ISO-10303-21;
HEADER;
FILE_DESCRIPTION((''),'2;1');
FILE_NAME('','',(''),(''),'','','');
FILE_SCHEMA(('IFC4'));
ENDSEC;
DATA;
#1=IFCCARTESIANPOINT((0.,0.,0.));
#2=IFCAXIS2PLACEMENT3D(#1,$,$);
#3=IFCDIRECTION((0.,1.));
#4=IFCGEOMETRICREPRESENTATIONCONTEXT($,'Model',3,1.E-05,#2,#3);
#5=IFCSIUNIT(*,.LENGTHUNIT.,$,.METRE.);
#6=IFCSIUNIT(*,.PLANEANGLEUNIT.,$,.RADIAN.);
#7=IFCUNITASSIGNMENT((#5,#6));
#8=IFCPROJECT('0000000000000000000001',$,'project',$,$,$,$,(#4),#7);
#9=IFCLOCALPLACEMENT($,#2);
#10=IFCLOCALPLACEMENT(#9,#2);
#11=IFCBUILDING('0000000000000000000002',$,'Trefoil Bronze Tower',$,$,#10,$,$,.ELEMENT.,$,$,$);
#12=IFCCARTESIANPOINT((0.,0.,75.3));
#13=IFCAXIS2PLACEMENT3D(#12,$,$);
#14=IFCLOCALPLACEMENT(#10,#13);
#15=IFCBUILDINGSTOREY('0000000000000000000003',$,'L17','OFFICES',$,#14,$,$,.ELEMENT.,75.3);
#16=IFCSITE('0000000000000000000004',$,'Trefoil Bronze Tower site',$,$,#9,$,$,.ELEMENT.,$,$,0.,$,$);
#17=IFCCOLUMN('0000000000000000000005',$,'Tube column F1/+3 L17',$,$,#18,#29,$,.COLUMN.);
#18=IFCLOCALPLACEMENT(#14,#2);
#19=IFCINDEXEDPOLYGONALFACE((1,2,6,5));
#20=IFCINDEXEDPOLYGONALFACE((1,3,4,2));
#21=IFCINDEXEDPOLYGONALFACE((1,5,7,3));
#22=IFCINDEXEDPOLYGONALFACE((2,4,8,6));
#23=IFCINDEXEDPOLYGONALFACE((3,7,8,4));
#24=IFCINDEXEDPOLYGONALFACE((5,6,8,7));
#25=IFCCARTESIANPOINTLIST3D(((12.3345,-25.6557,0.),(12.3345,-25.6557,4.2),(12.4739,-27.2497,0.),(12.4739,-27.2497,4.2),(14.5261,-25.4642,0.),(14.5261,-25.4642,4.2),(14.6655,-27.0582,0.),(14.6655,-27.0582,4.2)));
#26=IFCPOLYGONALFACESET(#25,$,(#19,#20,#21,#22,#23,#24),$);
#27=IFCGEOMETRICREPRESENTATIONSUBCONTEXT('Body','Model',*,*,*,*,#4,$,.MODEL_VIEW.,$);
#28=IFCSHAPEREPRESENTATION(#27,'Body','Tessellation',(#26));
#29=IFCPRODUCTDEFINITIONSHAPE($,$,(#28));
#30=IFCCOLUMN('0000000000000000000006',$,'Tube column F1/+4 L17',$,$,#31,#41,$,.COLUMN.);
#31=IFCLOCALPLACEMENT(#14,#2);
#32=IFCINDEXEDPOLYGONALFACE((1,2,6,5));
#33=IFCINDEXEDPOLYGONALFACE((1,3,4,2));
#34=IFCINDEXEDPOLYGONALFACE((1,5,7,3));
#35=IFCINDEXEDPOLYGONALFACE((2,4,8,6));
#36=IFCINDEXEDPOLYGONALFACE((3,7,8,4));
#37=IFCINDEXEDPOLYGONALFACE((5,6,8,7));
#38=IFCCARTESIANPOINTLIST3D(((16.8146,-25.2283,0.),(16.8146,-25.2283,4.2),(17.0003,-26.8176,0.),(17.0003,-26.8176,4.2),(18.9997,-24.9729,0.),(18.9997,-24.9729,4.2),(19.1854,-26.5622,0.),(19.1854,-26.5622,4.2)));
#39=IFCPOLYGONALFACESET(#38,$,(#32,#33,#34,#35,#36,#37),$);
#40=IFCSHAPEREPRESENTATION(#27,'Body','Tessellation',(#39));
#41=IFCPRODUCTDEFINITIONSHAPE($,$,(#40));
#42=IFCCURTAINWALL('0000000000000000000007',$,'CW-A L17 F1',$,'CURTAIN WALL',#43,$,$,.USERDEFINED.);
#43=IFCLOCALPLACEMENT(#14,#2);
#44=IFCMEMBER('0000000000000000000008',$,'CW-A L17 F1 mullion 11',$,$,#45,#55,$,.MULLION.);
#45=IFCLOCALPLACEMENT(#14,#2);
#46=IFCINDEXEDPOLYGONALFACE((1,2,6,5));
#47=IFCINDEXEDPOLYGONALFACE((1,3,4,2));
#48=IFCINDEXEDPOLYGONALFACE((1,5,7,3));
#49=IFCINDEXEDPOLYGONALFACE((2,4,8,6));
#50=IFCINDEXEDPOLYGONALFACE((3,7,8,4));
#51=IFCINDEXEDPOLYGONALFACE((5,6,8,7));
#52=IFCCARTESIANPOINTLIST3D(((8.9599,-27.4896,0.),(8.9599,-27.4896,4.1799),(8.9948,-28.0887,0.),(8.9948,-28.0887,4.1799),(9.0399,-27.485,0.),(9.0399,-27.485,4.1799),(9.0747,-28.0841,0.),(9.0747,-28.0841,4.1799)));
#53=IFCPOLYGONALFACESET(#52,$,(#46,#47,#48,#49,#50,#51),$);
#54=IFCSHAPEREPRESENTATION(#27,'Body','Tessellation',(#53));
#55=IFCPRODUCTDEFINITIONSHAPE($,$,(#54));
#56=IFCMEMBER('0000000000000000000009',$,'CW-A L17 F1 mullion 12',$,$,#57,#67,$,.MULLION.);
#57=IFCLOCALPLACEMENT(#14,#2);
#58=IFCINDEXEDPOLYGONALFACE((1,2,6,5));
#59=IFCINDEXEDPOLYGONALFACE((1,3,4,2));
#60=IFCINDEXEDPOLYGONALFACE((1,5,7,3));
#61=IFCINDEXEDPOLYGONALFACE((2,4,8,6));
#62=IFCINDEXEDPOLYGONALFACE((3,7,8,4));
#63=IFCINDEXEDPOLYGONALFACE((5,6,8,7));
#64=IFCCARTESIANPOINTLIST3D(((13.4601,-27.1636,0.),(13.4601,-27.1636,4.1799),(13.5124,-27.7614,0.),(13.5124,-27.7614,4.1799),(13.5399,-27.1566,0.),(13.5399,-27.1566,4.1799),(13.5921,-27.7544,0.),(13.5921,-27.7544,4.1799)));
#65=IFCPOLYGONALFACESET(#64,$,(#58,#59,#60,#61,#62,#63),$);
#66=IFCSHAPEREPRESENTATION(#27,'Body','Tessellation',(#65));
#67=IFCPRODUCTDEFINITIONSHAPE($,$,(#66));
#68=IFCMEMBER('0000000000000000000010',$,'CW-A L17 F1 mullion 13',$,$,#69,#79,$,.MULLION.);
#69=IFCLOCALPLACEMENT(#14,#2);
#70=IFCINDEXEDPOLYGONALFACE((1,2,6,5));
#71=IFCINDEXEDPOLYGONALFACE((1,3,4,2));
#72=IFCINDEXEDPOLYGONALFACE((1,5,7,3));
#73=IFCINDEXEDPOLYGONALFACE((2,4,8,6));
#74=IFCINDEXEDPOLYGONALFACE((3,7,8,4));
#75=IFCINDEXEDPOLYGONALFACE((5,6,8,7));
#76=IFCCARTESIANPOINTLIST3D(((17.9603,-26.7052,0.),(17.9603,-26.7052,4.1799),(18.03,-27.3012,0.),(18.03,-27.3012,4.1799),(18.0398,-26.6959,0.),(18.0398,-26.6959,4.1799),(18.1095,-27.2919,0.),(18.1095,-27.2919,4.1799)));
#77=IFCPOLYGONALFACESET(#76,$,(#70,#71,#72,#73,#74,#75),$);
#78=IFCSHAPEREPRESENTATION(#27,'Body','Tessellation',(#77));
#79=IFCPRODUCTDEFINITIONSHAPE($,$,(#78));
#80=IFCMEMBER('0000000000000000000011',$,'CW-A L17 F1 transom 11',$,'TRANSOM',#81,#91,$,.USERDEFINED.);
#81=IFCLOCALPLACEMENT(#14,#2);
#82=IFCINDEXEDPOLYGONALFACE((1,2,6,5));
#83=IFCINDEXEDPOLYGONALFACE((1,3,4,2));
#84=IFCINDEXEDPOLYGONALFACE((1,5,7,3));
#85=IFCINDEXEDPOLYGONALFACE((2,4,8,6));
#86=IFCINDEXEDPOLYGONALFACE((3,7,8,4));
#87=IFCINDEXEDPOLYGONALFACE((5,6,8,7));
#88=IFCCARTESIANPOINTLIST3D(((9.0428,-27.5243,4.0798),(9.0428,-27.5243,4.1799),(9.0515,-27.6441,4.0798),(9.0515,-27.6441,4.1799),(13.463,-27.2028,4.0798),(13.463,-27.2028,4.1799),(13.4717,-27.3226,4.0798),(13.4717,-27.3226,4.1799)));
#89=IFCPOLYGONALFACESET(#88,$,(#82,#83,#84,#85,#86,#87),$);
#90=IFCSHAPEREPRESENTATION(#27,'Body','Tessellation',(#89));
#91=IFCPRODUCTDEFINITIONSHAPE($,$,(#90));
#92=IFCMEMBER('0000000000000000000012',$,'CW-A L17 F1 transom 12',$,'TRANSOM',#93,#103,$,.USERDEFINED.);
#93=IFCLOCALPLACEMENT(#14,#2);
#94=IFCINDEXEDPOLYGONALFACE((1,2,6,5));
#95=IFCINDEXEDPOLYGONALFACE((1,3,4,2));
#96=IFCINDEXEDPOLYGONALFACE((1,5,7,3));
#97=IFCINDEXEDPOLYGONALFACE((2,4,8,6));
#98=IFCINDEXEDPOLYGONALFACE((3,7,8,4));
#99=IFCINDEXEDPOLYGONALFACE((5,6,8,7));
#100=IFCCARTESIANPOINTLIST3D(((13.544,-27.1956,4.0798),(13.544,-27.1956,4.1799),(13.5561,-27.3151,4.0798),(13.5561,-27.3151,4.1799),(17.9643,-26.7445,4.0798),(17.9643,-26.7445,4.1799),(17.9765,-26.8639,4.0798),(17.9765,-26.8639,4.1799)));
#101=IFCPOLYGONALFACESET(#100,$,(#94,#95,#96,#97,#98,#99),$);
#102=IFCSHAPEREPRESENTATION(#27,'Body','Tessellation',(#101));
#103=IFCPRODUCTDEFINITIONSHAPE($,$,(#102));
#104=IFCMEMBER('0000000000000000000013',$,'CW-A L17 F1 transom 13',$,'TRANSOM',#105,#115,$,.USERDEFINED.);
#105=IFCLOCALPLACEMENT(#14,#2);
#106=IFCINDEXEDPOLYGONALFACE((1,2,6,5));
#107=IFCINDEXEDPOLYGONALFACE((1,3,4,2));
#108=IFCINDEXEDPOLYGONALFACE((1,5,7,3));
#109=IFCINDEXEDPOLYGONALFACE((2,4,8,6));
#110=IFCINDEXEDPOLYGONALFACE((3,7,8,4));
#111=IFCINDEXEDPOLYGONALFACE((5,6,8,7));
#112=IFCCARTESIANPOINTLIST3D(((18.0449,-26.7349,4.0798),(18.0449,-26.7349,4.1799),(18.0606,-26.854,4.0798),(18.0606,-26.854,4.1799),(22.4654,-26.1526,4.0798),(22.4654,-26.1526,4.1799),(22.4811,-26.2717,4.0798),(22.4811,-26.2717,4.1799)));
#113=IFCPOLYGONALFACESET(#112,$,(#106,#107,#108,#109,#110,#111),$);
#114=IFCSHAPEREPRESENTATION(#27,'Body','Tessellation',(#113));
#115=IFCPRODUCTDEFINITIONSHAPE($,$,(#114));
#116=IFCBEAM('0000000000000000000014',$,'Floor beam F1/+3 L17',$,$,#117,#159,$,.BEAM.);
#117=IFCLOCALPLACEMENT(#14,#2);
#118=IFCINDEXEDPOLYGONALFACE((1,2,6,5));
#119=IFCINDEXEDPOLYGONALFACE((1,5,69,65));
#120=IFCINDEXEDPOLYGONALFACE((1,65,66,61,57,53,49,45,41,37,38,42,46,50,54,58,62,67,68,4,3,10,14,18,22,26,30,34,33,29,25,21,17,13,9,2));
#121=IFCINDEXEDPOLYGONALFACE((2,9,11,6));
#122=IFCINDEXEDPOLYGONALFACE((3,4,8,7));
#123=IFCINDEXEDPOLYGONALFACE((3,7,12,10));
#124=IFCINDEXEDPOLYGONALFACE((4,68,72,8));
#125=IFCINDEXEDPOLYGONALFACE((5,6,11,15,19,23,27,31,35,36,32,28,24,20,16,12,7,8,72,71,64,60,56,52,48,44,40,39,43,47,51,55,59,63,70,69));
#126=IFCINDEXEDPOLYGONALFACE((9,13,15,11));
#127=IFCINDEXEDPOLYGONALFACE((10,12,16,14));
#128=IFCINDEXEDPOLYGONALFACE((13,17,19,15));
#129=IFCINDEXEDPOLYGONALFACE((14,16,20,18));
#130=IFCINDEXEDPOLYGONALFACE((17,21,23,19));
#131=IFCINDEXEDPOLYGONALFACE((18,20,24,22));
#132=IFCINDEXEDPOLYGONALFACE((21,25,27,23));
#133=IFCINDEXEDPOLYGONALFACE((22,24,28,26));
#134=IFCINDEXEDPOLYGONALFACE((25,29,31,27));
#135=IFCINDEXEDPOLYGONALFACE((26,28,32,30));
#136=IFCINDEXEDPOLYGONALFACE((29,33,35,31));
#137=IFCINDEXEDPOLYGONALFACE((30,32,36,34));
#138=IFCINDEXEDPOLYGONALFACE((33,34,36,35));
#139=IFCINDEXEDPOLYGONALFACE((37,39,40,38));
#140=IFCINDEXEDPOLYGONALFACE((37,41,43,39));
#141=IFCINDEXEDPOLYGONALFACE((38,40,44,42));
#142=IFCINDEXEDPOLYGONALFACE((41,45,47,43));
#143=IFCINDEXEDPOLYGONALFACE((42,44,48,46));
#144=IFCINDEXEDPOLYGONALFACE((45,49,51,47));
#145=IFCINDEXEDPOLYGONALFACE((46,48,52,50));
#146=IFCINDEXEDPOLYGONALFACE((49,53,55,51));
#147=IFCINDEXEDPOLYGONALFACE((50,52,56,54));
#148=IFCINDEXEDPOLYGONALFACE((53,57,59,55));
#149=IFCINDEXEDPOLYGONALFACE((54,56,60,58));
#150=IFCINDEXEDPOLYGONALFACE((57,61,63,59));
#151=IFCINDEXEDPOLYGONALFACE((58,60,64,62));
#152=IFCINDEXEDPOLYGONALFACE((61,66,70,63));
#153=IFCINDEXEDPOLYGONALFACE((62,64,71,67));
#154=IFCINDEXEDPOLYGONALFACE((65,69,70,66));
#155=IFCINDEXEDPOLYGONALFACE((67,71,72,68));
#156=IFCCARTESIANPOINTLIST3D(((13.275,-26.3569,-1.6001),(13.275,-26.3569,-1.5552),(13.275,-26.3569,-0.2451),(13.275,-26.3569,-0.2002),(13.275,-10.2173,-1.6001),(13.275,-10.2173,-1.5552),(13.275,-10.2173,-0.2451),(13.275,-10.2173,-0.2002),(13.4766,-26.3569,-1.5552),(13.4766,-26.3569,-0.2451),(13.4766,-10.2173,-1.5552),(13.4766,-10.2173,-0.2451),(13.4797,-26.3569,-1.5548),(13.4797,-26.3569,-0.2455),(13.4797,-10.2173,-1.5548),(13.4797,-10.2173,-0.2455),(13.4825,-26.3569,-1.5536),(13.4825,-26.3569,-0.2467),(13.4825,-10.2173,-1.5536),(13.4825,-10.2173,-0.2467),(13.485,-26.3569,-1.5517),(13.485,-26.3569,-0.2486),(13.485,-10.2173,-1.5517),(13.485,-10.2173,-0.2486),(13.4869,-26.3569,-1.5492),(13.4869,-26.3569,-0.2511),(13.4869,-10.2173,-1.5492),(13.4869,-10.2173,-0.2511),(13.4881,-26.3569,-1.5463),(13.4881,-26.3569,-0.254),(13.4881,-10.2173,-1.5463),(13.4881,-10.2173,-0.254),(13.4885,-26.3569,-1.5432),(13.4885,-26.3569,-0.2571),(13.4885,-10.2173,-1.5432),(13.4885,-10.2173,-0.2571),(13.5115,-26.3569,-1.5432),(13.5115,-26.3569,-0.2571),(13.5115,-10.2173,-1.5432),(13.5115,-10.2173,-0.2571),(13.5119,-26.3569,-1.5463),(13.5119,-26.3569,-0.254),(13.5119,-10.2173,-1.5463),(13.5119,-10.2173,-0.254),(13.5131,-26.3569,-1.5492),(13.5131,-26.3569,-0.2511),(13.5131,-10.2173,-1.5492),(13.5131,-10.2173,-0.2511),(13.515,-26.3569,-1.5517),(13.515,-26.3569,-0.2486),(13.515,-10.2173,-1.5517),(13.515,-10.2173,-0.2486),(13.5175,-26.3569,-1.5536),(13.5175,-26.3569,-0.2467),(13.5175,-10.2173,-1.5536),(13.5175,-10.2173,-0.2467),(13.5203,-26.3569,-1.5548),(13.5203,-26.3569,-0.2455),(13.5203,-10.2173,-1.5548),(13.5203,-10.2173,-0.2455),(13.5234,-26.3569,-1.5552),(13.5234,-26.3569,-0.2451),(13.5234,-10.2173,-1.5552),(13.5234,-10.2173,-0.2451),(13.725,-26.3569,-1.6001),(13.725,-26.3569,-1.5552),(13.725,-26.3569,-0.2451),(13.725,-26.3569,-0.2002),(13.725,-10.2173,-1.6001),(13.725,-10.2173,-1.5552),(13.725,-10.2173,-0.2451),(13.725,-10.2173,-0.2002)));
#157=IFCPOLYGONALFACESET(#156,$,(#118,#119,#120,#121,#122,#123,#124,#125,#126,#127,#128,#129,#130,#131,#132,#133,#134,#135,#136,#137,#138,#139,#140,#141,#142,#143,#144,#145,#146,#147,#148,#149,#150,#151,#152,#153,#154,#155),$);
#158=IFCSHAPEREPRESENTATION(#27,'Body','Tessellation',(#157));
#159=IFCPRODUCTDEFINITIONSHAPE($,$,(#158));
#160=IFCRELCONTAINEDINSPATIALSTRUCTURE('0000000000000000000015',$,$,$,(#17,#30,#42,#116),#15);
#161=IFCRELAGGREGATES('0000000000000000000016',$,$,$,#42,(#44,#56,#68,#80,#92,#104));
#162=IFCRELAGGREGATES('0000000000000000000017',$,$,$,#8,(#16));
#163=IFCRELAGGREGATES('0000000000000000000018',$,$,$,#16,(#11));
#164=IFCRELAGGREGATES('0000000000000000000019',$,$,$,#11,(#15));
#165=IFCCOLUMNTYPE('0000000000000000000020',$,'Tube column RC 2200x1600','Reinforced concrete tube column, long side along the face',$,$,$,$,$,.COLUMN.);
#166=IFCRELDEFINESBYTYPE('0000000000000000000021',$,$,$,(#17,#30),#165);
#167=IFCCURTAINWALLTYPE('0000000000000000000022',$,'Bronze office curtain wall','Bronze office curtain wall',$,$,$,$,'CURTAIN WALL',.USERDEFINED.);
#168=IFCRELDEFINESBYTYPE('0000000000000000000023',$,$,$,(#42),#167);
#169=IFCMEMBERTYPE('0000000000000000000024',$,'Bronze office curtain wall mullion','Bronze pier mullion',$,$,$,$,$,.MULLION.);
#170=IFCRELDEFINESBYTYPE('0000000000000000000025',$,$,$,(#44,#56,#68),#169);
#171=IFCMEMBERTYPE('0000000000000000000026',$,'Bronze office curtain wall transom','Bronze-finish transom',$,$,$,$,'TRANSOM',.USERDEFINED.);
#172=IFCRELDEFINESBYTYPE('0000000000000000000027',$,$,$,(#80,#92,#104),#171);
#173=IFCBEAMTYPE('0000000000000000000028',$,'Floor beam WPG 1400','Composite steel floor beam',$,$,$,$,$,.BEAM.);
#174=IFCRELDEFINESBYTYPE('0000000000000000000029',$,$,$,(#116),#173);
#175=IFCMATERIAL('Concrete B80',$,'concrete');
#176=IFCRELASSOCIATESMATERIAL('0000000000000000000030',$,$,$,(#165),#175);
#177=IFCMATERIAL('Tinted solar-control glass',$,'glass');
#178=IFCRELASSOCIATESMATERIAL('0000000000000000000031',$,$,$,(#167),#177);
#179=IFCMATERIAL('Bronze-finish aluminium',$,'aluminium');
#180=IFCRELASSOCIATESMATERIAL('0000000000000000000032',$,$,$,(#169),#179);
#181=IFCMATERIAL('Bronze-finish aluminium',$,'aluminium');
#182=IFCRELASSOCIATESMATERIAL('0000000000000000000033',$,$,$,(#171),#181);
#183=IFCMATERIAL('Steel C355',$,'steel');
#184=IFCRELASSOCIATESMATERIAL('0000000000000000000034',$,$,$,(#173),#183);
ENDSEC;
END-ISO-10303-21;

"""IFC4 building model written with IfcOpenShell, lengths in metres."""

from ifc_helpers import new_model, si_unit, direction, frame, origin, origin_2d, place, context, subcontext, project, spatial, rectangle, i_section, extrude, material, material_profile, profile_set, type_object, element, aggregate, save


model = new_model("IFC4")

# Units and contexts
model_context = context("Model", 3, precision=1e-05, world=origin(), true_north=direction((0.0, 1.0)))
body_context = subcontext(model_context, "Body", "Model", "MODEL_VIEW")
ifc_project = project(units=[si_unit("LENGTHUNIT", "METRE"), si_unit("PLANEANGLEUNIT", "RADIAN")], contexts=[model_context])

# Site, building, storey
site_placement = place(None, origin())
site = spatial("IfcSite", under=ifc_project, at=site_placement, Name="Trefoil Bronze Tower site", CompositionType="ELEMENT", RefElevation=0.0)
building_placement = place(site_placement, origin())
building = spatial("IfcBuilding", under=site, at=building_placement, Name="Trefoil Bronze Tower", CompositionType="ELEMENT")
storey_placement = place(building_placement, frame((0.0, 0.0, 75.3)))
storey = spatial("IfcBuildingStorey", under=building, at=storey_placement, Name="L17", Description="OFFICES", CompositionType="ELEMENT", Elevation=75.3)

# Columns
ifc_material_1 = material(Name="Concrete B80", Category="concrete")
ifc_material_profile_1 = material_profile(ifc_material_1, rectangle(XDim=2.2, YDim=1.6001, at=origin_2d()), Name="RC 2200x1600")
ifc_profile_set_1 = profile_set([ifc_material_profile_1], Name="Concrete B80")
column_type = type_object("IfcColumnType", Name="Tube column RC 2200x1600", Description="Reinforced concrete tube column, long side along the face", PredefinedType="COLUMN", material=ifc_profile_set_1)
for number, where, z_axis, x_axis, name in (
    (1, (13.5, -26.3569, 0.0), (0.0, 0.0, 1.0), (0.996203, 0.087065, 0.0), "Tube column F1/+3 L17"),
    (2, (18.0, -25.8953, 0.0), (0.0, 0.0, 1.0), (0.993239, 0.116087, 0.0), "Tube column F1/+4 L17"),
):
    element("IfcColumn", number, at=place(storey_placement, frame(where, z_axis=z_axis, x_axis=x_axis)), inside=storey, type_object=column_type, Name=name, PredefinedType="COLUMN", context=body_context, shape_type="SweptSolid", body=[
        extrude(rectangle(XDim=2.2, YDim=1.6001, at=origin_2d()), origin(), (0.0, 0.0, 1.0), 4.2),
    ])

# Curtain wall, members
ifc_material_2 = material(Name="Tinted solar-control glass", Category="glass")
curtain_wall_type = type_object("IfcCurtainWallType", Name="Bronze office curtain wall", Description="Bronze office curtain wall", ElementType="CURTAIN WALL", PredefinedType="USERDEFINED", material=ifc_material_2)
curtain_wall_placement = place(storey_placement, origin())
curtain_wall = element("IfcCurtainWall", 3, at=curtain_wall_placement, inside=storey, type_object=curtain_wall_type, Name="CW-A L17 F1", ObjectType="CURTAIN WALL", PredefinedType="USERDEFINED")
ifc_material_3 = material(Name="Bronze-finish aluminium", Category="aluminium")
ifc_material_profile_2 = material_profile(ifc_material_3, rectangle(XDim=0.6001, YDim=0.0801, at=origin_2d()), Name="CW-A mullion")
ifc_profile_set_2 = profile_set([ifc_material_profile_2], Name="Bronze-finish aluminium")
member_type_1 = type_object("IfcMemberType", Name="Bronze office curtain wall mullion", Description="Bronze pier mullion", PredefinedType="MULLION", material=ifc_profile_set_2)
member_1_placement = place(storey_placement, frame((9.0173, -27.7869, 0.0), z_axis=(0.0, 0.0, 1.0), x_axis=(-0.058043, 0.998314, 0.0)))
member_1 = element("IfcMember", 4, at=member_1_placement, type_object=member_type_1, Name="CW-A L17 F1 mullion 11", PredefinedType="MULLION", context=body_context, shape_type="SweptSolid", body=[
    extrude(rectangle(XDim=0.6001, YDim=0.0801, at=origin_2d()), origin(), (0.0, 0.0, 1.0), 4.1799),
])
member_2_placement = place(storey_placement, frame((13.5261, -27.459, 0.0), z_axis=(0.0, 0.0, 1.0), x_axis=(-0.087065, 0.996203, 0.0)))
member_2 = element("IfcMember", 5, at=member_2_placement, type_object=member_type_1, Name="CW-A L17 F1 mullion 12", PredefinedType="MULLION", context=body_context, shape_type="SweptSolid", body=[
    extrude(rectangle(XDim=0.6001, YDim=0.0801, at=origin_2d()), origin(), (0.0, 0.0, 1.0), 4.1799),
])
member_3_placement = place(storey_placement, frame((18.0349, -26.9985, 0.0), z_axis=(0.0, 0.0, 1.0), x_axis=(-0.116087, 0.993239, 0.0)))
member_3 = element("IfcMember", 6, at=member_3_placement, type_object=member_type_1, Name="CW-A L17 F1 mullion 13", PredefinedType="MULLION", context=body_context, shape_type="SweptSolid", body=[
    extrude(rectangle(XDim=0.6001, YDim=0.0801, at=origin_2d()), origin(), (0.0, 0.0, 1.0), 4.1799),
])
ifc_material_4 = material(Name="Bronze-finish aluminium", Category="aluminium")
ifc_material_profile_3 = material_profile(ifc_material_4, rectangle(XDim=0.1201, YDim=0.1001, at=origin_2d()), Name="CW-A transom")
ifc_profile_set_3 = profile_set([ifc_material_profile_3], Name="Bronze-finish aluminium")
member_type_2 = type_object("IfcMemberType", Name="Bronze office curtain wall transom", Description="Bronze-finish transom", ElementType="TRANSOM", PredefinedType="USERDEFINED", material=ifc_profile_set_3)
member_4_placement = place(storey_placement, frame((9.0471, -27.5842, 4.1299), z_axis=(0.997365, 0.072551, 0.0), x_axis=(-0.072551, 0.997365, 0.0)))
member_4 = element("IfcMember", 7, at=member_4_placement, type_object=member_type_2, Name="CW-A L17 F1 transom 11", ObjectType="TRANSOM", PredefinedType="USERDEFINED", context=body_context, shape_type="SweptSolid", body=[
    extrude(rectangle(XDim=0.1201, YDim=0.1001, at=origin_2d()), origin(), (0.0, 0.0, 1.0), 4.4319),
])
member_5_placement = place(storey_placement, frame((13.55, -27.2554, 4.1299), z_axis=(0.994832, 0.101538, 0.0), x_axis=(-0.101538, 0.994832, 0.0)))
member_5 = element("IfcMember", 8, at=member_5_placement, type_object=member_type_2, Name="CW-A L17 F1 transom 12", ObjectType="TRANSOM", PredefinedType="USERDEFINED", context=body_context, shape_type="SweptSolid", body=[
    extrude(rectangle(XDim=0.1201, YDim=0.1001, at=origin_2d()), origin(), (0.0, 0.0, 1.0), 4.4434),
])
member_6_placement = place(storey_placement, frame((18.0527, -26.7944, 4.1299), z_axis=(0.991437, 0.130589, 0.0), x_axis=(-0.130589, 0.991437, 0.0)))
member_6 = element("IfcMember", 9, at=member_6_placement, type_object=member_type_2, Name="CW-A L17 F1 transom 13", ObjectType="TRANSOM", PredefinedType="USERDEFINED", context=body_context, shape_type="SweptSolid", body=[
    extrude(rectangle(XDim=0.1201, YDim=0.1001, at=origin_2d()), origin(), (0.0, 0.0, 1.0), 4.4587),
])

# Beam
ifc_material_5 = material(Name="Steel C355", Category="steel")
ifc_material_profile_4 = material_profile(ifc_material_5, i_section(OverallWidth=0.45, OverallDepth=1.3999, WebThickness=0.0229, FlangeThickness=0.0449, FilletRadius=0.012, at=origin_2d()), Name="WPG 1400")
ifc_profile_set_4 = profile_set([ifc_material_profile_4], Name="Steel C355")
beam_type_1 = type_object("IfcBeamType", Name="Floor beam WPG 1400", Description="Composite steel floor beam", PredefinedType="BEAM", material=ifc_profile_set_4)
beam_1_placement = place(storey_placement, frame((13.5, -26.3569, -0.9001), z_axis=(0.0, 1.0, 0.0), x_axis=(-1.0, 0.0, 0.0)))
element("IfcBeam", 10, at=beam_1_placement, inside=storey, type_object=beam_type_1, Name="Floor beam F1/+3 L17", PredefinedType="BEAM", context=body_context, shape_type="SweptSolid", body=[
    extrude(i_section(OverallWidth=0.45, OverallDepth=1.3999, WebThickness=0.0229, FlangeThickness=0.0449, FilletRadius=0.012, at=origin_2d()), origin(), (0.0, 0.0, 1.0), 16.1396),
])

aggregate(curtain_wall, [member_1, member_2, member_3, member_4, member_5, member_6])

save(model, "model.ifc")
